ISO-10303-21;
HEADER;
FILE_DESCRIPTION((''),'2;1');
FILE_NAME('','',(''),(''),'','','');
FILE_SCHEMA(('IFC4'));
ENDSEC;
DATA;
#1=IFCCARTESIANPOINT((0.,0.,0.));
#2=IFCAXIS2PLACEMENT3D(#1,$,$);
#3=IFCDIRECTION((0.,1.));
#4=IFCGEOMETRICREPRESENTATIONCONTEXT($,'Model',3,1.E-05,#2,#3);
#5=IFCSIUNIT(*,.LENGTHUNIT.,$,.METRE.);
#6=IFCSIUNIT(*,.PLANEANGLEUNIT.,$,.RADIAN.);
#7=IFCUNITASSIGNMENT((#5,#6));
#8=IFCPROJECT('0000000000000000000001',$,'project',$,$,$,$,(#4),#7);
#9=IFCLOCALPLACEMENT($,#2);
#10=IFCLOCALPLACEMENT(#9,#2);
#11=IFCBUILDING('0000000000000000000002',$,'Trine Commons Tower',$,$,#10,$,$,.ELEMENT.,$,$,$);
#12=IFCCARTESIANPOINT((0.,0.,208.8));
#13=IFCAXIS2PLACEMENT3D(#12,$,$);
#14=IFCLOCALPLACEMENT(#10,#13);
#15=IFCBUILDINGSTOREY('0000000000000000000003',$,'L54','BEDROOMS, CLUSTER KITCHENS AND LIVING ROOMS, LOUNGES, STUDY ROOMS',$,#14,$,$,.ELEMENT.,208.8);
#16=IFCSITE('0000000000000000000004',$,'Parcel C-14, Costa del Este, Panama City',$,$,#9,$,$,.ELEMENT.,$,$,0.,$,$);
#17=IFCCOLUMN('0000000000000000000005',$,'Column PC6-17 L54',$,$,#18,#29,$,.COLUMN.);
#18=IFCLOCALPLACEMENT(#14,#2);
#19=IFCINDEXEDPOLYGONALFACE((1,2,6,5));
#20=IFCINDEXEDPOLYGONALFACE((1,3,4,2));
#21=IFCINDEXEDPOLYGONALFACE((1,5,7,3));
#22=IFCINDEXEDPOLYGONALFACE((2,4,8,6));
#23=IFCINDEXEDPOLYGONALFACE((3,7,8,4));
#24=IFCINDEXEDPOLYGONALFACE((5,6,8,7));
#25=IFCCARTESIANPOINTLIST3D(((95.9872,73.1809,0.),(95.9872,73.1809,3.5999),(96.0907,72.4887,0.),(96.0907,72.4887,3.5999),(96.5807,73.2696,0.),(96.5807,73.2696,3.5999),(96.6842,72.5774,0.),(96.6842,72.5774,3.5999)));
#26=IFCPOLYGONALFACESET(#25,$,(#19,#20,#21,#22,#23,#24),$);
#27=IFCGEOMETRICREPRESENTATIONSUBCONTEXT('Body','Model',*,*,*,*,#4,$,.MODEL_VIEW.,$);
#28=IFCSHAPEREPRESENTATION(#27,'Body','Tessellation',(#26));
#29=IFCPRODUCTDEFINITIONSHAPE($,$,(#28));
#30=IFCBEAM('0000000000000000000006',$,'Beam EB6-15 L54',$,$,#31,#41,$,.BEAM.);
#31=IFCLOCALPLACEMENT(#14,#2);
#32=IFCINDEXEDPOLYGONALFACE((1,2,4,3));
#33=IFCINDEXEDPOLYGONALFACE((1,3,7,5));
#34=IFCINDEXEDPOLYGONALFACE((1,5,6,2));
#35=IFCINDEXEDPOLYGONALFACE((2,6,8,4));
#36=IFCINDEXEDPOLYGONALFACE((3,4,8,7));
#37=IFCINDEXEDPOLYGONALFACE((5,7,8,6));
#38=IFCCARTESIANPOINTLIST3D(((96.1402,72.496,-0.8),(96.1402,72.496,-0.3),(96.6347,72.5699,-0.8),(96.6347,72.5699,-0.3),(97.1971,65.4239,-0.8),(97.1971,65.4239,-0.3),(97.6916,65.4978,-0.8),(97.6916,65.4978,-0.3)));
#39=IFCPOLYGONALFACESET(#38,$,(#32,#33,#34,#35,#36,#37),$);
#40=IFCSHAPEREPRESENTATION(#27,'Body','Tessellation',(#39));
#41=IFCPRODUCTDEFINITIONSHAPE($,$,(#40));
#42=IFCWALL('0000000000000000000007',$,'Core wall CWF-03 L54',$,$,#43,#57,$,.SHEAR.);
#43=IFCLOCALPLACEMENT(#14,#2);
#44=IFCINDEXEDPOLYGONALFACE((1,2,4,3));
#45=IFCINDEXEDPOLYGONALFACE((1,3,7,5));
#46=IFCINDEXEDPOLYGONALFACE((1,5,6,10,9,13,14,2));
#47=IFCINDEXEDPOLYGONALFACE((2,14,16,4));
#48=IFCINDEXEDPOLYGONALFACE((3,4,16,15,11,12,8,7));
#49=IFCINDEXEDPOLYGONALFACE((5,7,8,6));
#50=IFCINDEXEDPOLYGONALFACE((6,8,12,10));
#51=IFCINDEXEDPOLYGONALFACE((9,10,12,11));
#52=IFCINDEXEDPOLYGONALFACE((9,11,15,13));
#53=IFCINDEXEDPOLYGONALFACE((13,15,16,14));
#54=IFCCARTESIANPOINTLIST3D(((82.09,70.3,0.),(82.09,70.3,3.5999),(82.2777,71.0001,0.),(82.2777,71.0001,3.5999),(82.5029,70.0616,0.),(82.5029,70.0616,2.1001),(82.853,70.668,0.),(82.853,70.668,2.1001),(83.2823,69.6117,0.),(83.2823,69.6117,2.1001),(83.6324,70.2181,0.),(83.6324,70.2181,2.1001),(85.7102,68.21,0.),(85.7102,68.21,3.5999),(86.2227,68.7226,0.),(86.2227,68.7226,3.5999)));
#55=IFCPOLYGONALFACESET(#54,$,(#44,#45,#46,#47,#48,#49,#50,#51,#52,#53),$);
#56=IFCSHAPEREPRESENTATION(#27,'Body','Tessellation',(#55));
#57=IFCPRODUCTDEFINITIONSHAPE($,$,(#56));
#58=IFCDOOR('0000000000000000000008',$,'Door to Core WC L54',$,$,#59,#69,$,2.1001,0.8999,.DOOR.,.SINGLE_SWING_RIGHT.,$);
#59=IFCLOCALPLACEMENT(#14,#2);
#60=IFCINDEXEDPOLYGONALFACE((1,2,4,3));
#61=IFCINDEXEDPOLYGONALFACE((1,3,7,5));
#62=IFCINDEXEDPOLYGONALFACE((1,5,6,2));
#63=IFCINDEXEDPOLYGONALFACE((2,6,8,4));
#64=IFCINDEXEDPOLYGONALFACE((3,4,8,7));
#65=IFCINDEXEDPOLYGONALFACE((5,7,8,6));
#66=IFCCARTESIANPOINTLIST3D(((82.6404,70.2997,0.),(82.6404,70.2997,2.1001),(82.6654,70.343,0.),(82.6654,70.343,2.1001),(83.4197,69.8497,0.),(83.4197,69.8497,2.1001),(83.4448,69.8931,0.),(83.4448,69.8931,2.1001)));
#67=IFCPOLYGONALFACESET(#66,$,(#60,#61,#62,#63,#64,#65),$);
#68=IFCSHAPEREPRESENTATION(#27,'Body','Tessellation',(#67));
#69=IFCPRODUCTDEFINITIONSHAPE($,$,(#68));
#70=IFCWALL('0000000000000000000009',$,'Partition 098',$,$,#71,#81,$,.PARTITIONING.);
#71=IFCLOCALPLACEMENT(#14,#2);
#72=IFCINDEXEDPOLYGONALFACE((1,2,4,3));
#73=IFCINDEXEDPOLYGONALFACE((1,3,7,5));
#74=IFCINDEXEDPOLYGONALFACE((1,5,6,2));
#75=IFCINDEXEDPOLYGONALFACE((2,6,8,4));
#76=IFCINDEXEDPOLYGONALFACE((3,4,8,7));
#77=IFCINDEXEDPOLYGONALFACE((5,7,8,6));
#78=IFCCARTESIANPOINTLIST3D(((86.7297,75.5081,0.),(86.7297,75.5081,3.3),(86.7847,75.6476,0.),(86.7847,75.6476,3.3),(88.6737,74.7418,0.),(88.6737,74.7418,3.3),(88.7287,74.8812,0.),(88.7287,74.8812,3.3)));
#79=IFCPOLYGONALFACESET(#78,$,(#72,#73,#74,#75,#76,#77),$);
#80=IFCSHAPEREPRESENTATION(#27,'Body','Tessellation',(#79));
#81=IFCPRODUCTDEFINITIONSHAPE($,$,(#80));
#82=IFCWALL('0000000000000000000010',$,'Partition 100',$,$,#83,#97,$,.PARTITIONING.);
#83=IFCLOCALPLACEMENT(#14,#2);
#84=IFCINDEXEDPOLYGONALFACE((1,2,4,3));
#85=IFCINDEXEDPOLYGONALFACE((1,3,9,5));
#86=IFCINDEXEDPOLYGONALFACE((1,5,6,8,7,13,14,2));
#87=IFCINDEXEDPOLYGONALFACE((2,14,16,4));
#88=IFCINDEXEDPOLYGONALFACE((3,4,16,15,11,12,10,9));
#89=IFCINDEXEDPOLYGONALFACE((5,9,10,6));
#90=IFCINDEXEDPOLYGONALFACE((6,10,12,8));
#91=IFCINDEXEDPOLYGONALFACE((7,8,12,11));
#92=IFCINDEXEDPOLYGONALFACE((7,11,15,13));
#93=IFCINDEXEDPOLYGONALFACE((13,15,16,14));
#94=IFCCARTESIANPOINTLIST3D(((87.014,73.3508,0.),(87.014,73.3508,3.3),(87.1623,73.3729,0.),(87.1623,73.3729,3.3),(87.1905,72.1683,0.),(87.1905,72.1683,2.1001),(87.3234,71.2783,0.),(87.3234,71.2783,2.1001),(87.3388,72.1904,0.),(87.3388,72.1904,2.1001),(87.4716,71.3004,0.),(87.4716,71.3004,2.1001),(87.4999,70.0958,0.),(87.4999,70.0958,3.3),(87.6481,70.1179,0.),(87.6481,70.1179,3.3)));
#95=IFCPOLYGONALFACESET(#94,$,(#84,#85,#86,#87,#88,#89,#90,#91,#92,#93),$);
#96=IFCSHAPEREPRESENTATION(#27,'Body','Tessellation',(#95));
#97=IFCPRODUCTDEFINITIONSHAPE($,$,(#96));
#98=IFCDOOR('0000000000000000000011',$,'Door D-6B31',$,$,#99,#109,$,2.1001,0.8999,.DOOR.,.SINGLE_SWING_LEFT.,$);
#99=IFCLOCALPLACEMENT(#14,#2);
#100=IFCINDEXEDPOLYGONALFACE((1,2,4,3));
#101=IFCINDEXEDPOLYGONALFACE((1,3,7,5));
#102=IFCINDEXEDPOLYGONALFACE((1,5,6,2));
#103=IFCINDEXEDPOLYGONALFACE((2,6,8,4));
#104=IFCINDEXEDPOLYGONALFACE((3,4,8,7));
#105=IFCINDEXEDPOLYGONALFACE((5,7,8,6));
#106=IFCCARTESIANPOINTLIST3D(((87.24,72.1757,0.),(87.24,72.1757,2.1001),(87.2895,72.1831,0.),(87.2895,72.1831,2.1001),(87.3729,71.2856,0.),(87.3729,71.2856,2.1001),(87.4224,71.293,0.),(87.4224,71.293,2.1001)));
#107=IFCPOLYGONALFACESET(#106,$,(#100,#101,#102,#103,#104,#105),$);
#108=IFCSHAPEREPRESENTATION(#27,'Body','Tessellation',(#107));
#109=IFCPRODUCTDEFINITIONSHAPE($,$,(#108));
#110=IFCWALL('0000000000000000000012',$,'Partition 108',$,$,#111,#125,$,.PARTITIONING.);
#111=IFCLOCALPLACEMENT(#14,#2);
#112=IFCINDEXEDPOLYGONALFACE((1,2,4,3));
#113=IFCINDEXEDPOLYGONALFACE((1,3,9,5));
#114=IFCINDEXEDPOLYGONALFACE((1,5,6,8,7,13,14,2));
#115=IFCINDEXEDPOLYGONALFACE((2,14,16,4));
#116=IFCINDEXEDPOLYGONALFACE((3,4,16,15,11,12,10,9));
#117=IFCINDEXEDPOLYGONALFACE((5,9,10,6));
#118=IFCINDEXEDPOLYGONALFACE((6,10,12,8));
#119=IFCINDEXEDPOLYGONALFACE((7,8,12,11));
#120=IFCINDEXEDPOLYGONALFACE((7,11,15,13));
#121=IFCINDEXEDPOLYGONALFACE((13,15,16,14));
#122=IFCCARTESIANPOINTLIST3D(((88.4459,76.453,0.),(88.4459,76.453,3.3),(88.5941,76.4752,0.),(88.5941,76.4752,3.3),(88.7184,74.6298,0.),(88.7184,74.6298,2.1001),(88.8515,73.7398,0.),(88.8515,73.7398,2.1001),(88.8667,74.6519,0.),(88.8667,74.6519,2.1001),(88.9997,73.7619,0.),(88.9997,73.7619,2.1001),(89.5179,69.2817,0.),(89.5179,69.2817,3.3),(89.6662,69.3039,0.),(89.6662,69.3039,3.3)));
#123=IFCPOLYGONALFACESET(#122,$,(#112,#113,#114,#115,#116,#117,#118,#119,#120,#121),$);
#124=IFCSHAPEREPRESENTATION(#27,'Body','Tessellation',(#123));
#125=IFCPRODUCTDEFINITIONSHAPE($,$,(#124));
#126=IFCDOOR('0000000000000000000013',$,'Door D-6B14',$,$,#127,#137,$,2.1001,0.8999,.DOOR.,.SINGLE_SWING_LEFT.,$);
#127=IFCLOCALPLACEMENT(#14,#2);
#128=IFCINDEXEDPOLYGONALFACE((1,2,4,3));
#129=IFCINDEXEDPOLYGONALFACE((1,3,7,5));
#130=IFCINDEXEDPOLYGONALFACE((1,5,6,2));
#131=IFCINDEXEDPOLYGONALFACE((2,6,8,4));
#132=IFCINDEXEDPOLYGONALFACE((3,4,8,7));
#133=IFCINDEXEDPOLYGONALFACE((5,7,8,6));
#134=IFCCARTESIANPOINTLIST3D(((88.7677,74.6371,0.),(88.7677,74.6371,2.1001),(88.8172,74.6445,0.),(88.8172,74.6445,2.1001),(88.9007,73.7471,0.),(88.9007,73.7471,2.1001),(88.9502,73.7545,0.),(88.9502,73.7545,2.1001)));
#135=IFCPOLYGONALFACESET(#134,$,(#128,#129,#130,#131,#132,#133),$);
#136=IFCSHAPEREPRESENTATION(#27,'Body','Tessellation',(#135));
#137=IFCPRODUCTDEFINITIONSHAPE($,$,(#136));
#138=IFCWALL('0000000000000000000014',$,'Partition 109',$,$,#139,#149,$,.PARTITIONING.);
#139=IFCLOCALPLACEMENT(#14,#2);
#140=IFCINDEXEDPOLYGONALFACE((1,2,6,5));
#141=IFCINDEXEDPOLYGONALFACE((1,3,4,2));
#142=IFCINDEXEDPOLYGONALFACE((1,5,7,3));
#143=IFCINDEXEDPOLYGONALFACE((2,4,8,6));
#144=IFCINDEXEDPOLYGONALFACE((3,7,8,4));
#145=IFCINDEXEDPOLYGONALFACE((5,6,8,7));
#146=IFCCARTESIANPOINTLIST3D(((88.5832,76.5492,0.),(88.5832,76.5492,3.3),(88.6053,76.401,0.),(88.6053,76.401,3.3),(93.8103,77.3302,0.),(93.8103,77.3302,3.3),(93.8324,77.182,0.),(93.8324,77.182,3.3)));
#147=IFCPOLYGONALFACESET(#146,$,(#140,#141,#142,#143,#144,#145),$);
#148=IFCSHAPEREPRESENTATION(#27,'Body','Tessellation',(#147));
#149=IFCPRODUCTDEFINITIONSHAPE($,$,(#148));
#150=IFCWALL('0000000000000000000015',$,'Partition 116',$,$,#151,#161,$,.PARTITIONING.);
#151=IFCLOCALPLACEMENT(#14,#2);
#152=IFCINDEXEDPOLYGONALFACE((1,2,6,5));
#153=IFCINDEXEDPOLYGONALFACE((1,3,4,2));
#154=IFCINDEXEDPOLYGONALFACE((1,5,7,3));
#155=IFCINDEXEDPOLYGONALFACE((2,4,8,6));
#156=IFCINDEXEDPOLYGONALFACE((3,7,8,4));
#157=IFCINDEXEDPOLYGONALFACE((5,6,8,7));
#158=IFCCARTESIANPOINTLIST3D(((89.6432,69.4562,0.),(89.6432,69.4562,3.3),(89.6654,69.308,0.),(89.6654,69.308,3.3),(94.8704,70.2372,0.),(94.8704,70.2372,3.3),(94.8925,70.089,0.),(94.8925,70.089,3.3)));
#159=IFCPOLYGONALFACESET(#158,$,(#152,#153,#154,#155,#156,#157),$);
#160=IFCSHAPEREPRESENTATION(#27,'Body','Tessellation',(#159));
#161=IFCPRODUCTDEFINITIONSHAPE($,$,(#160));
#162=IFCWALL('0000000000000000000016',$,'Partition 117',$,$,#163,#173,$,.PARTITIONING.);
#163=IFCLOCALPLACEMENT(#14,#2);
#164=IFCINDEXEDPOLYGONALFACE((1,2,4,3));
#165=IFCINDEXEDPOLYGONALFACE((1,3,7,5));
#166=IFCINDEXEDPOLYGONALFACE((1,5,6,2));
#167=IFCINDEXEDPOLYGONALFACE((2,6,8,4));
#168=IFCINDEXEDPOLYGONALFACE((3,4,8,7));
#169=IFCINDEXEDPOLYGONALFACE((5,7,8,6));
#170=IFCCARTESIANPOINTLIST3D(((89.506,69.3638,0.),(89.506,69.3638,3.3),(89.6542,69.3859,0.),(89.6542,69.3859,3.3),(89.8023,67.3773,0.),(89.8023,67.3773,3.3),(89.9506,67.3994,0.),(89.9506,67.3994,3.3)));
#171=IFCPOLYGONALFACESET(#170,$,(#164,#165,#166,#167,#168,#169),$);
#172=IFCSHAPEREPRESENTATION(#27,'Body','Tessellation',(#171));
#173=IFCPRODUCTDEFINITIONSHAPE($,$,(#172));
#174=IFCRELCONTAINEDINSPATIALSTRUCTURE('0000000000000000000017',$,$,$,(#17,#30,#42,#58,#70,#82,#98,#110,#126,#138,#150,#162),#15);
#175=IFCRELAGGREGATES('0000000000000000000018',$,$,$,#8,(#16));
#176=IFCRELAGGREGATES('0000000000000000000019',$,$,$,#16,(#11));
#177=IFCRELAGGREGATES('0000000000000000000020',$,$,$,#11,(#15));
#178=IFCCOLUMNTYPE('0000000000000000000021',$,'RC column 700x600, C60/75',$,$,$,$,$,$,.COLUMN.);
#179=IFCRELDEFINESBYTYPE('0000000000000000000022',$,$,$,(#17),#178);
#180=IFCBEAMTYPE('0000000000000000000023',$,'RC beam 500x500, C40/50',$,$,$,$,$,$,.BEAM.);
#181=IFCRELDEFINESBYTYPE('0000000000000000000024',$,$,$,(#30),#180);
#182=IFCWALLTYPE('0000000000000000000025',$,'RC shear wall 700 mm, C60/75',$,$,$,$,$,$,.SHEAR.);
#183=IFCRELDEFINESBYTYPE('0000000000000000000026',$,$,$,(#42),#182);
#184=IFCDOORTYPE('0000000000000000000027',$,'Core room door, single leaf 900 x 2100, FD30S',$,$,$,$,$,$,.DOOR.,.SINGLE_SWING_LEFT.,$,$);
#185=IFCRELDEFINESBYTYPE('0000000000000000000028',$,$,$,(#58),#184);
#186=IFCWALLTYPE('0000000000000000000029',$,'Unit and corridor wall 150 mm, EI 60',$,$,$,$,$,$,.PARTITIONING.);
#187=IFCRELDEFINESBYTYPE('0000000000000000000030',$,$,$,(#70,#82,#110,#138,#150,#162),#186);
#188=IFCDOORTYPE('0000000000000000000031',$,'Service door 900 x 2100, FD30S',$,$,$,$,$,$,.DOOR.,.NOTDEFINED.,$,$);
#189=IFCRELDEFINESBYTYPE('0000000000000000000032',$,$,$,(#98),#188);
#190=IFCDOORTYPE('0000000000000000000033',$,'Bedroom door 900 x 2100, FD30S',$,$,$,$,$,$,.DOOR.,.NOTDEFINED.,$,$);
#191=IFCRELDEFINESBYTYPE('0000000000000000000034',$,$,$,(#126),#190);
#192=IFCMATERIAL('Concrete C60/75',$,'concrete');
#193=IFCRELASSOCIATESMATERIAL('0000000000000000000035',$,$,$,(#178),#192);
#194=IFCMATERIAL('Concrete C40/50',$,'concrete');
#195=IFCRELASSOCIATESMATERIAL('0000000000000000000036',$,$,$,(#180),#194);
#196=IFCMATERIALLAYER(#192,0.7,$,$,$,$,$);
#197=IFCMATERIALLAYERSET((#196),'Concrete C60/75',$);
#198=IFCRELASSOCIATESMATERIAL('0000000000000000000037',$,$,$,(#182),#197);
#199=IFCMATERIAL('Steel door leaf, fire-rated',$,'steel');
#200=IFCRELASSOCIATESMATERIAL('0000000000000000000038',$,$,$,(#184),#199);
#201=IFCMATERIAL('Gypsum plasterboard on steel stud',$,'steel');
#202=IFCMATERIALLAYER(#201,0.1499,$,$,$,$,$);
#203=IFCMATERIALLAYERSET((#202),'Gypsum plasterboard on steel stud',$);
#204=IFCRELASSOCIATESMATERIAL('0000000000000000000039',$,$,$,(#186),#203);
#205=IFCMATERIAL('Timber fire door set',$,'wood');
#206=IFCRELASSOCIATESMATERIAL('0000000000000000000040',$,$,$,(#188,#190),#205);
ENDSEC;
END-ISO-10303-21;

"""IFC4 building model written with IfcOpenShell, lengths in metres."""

from ifc_helpers import new_model, si_unit, direction, frame, frame_2d, origin, origin_2d, place, context, subcontext, project, spatial, polyline, rectangle, outline, extrude, material, layer, layer_set, material_profile, profile_set, type_object, element, fill, save


model = new_model("IFC4")

# Units and contexts
model_context = context("Model", 3, precision=1e-05, world=origin(), true_north=direction((0.0, 1.0)))
body_context = subcontext(model_context, "Body", "Model", "MODEL_VIEW")
ifc_project = project(units=[si_unit("LENGTHUNIT", "METRE"), si_unit("PLANEANGLEUNIT", "RADIAN")], contexts=[model_context])

# Site, building, storey
site_placement = place(None, origin())
site = spatial("IfcSite", under=ifc_project, at=site_placement, Name="Parcel C-14, Costa del Este, Panama City", CompositionType="ELEMENT", RefElevation=0.0)
building_placement = place(site_placement, origin())
building = spatial("IfcBuilding", under=site, at=building_placement, Name="Trine Commons Tower", CompositionType="ELEMENT")
storey_placement = place(building_placement, frame((0.0, 0.0, 208.8)))
storey = spatial("IfcBuildingStorey", under=building, at=storey_placement, Name="L54", Description="BEDROOMS, CLUSTER KITCHENS AND LIVING ROOMS, LOUNGES, STUDY ROOMS", CompositionType="ELEMENT", Elevation=208.8)

# Column
ifc_material_1 = material(Name="Concrete C60/75", Category="concrete")
ifc_material_profile_1 = material_profile(ifc_material_1, rectangle(XDim=0.7, YDim=0.6001, at=origin_2d()), Name="RC 700x600")
ifc_profile_set_1 = profile_set([ifc_material_profile_1], Name="Concrete C60/75")
column_type = type_object("IfcColumnType", Name="RC column 700x600, C60/75", PredefinedType="COLUMN", material=ifc_profile_set_1)
column_placement = place(storey_placement, frame((96.3357, 72.8792, 0.0), z_axis=(0.0, 0.0, 1.0), x_axis=(-0.147809, 0.989016, 0.0)))
element("IfcColumn", 1, at=column_placement, inside=storey, type_object=column_type, Name="Column PC6-17 L54", PredefinedType="COLUMN", context=body_context, shape_type="SweptSolid", body=[
    extrude(rectangle(XDim=0.7, YDim=0.6001, at=origin_2d()), origin(), (0.0, 0.0, 1.0), 3.5999),
])

# Beam
ifc_material_2 = material(Name="Concrete C40/50", Category="concrete")
ifc_material_profile_2 = material_profile(ifc_material_2, rectangle(XDim=0.5, YDim=0.5, at=origin_2d()), Name="RC 500x500")
ifc_profile_set_2 = profile_set([ifc_material_profile_2], Name="Concrete C40/50")
beam_type = type_object("IfcBeamType", Name="RC beam 500x500, C40/50", PredefinedType="BEAM", material=ifc_profile_set_2)
beam_placement = place(storey_placement, frame((96.3875, 72.533, -0.55), z_axis=(0.147804, -0.989017, 0.0), x_axis=(0.989017, 0.147804, 0.0)))
element("IfcBeam", 2, at=beam_placement, inside=storey, type_object=beam_type, Name="Beam EB6-15 L54", PredefinedType="BEAM", context=body_context, shape_type="SweptSolid", body=[
    extrude(rectangle(XDim=0.5, YDim=0.5, at=origin_2d()), origin(), (0.0, 0.0, 1.0), 7.1506),
])

# Wall, opening, door
ifc_layer_1 = layer(ifc_material_1, 0.7)
ifc_layer_set_1 = layer_set([ifc_layer_1], Name="Concrete C60/75")
wall_type_1 = type_object("IfcWallType", Name="RC shear wall 700 mm, C60/75", PredefinedType="SHEAR", material=ifc_layer_set_1)
wall_1_placement = place(storey_placement, frame((86.0476, 68.4194, 0.0), z_axis=(0.0, 0.0, 1.0), x_axis=(-0.866035, 0.499984, 0.0)))
wall_1 = element("IfcWall", 3, at=wall_1_placement, inside=storey, type_object=wall_type_1, Name="Core wall CWF-03 L54", PredefinedType="SHEAR", context=body_context, shape_type="SweptSolid", body=[
    extrude(outline(polyline([(0.0, -0.3501), (4.5552, -0.3501), (4.3677, 0.3501), (0.1875, 0.3501), (0.0, -0.3501)])), origin(), (0.0, 0.0, 1.0), 3.5999),
])
opening_1_placement = place(wall_1_placement, frame((2.991, 0.0, 0.0)))
opening_1 = element("IfcOpeningElement", 4, at=opening_1_placement, cuts=wall_1, PredefinedType="OPENING", context=body_context, shape_type="SweptSolid", body=[
    extrude(rectangle(XDim=0.8999, YDim=2.1001, at=frame_2d((0.45, 1.05))), frame((0.0, 0.3599, 0.0), z_axis=(0.0, -1.0, 0.0), x_axis=(1.0, 0.0, 0.0)), (0.0, 0.0, 1.0), 0.72),
])
ifc_material_3 = material(Name="Steel door leaf, fire-rated", Category="steel")
door_type_1 = type_object("IfcDoorType", Name="Core room door, single leaf 900 x 2100, FD30S", OperationType="SINGLE_SWING_LEFT", PredefinedType="DOOR", material=ifc_material_3)
door_1_placement = place(opening_1_placement, origin())
door_1 = element("IfcDoor", 5, at=door_1_placement, inside=storey, type_object=door_type_1, Name="Door to Core WC L54", OperationType="SINGLE_SWING_RIGHT", OverallHeight=2.1001, OverallWidth=0.8999, PredefinedType="DOOR", context=body_context, shape_type="SweptSolid", body=[
    extrude(rectangle(XDim=0.8999, YDim=2.1001, at=frame_2d((0.45, 1.05))), frame((0.0, 0.0752, 0.0), z_axis=(0.0, -1.0, 0.0), x_axis=(1.0, 0.0, 0.0)), (0.0, 0.0, 1.0), 0.05),
])
fill(opening_1, door_1)

# Wall
ifc_material_4 = material(Name="Gypsum plasterboard on steel stud", Category="steel")
ifc_layer_2 = layer(ifc_material_4, 0.1499)
ifc_layer_set_2 = layer_set([ifc_layer_2], Name="Gypsum plasterboard on steel stud")
wall_type_2 = type_object("IfcWallType", Name="Unit and corridor wall 150 mm, EI 60", PredefinedType="PARTITIONING", material=ifc_layer_set_2)
wall_2_placement = place(storey_placement, frame((86.7571, 75.5779, 0.0), z_axis=(0.0, 0.0, 1.0), x_axis=(0.930326, -0.366733, 0.0)))
element("IfcWall", 6, at=wall_2_placement, inside=storey, type_object=wall_type_2, Name="Partition 098", PredefinedType="PARTITIONING", context=body_context, shape_type="SweptSolid", body=[
    extrude(rectangle(XDim=2.0896, YDim=0.1499, at=frame_2d((1.0449, 0.0))), origin(), (0.0, 0.0, 1.0), 3.3),
])

# Walls, openings, doors
wall_3_placement = place(storey_placement, frame((87.0881, 73.3618, 0.0), z_axis=(0.0, 0.0, 1.0), x_axis=(0.147629, -0.989043, 0.0)))
wall_3 = element("IfcWall", 7, at=wall_3_placement, inside=storey, type_object=wall_type_2, Name="Partition 100", PredefinedType="PARTITIONING", context=body_context, shape_type="SweptSolid", body=[
    extrude(rectangle(XDim=3.291, YDim=0.1499, at=frame_2d((1.6455, 0.0))), origin(), (0.0, 0.0, 1.0), 3.3),
])
opening_2_placement = place(wall_3_placement, frame((1.1956, 0.0, 0.0)))
opening_2 = element("IfcOpeningElement", 8, at=opening_2_placement, cuts=wall_3, PredefinedType="OPENING", context=body_context, shape_type="SweptSolid", body=[
    extrude(rectangle(XDim=0.8999, YDim=2.1001, at=frame_2d((0.45, 1.05))), frame((0.0, 0.085, 0.0), z_axis=(0.0, -1.0, 0.0), x_axis=(1.0, 0.0, 0.0)), (0.0, 0.0, 1.0), 0.1699),
])
ifc_material_5 = material(Name="Timber fire door set", Category="wood")
door_type_2 = type_object("IfcDoorType", Name="Service door 900 x 2100, FD30S", OperationType="NOTDEFINED", PredefinedType="DOOR", material=ifc_material_5)
door_2_placement = place(opening_2_placement, frame((0.8999, 0.0, 0.0), z_axis=(0.0, 0.0, 1.0), x_axis=(-1.0, 0.0, 0.0)))
door_2 = element("IfcDoor", 9, at=door_2_placement, inside=storey, type_object=door_type_2, Name="Door D-6B31", OperationType="SINGLE_SWING_LEFT", OverallHeight=2.1001, OverallWidth=0.8999, PredefinedType="DOOR", context=body_context, shape_type="SweptSolid", body=[
    extrude(rectangle(XDim=0.8999, YDim=2.1001, at=frame_2d((0.45, 1.05))), frame((0.0, 0.0249, 0.0), z_axis=(0.0, -1.0, 0.0), x_axis=(1.0, 0.0, 0.0)), (0.0, 0.0, 1.0), 0.05),
])
fill(opening_2, door_2)
wall_4_placement = place(storey_placement, frame((88.52, 76.4641, 0.0), z_axis=(0.0, 0.0, 1.0), x_axis=(0.147843, -0.989011, 0.0)))
wall_4 = element("IfcWall", 10, at=wall_4_placement, inside=storey, type_object=wall_type_2, Name="Partition 108", PredefinedType="PARTITIONING", context=body_context, shape_type="SweptSolid", body=[
    extrude(rectangle(XDim=7.251, YDim=0.1499, at=frame_2d((3.6255, 0.0))), origin(), (0.0, 0.0, 1.0), 3.3),
])
opening_3_placement = place(wall_4_placement, frame((1.8435, 0.0, 0.0)))
opening_3 = element("IfcOpeningElement", 11, at=opening_3_placement, cuts=wall_4, PredefinedType="OPENING", context=body_context, shape_type="SweptSolid", body=[
    extrude(rectangle(XDim=0.8999, YDim=2.1001, at=frame_2d((0.45, 1.05))), frame((0.0, 0.085, 0.0), z_axis=(0.0, -1.0, 0.0), x_axis=(1.0, 0.0, 0.0)), (0.0, 0.0, 1.0), 0.1699),
])
door_type_3 = type_object("IfcDoorType", Name="Bedroom door 900 x 2100, FD30S", OperationType="NOTDEFINED", PredefinedType="DOOR", material=ifc_material_5)
door_3_placement = place(opening_3_placement, origin())
door_3 = element("IfcDoor", 12, at=door_3_placement, inside=storey, type_object=door_type_3, Name="Door D-6B14", OperationType="SINGLE_SWING_LEFT", OverallHeight=2.1001, OverallWidth=0.8999, PredefinedType="DOOR", context=body_context, shape_type="SweptSolid", body=[
    extrude(rectangle(XDim=0.8999, YDim=2.1001, at=frame_2d((0.45, 1.05))), frame((0.0, 0.0249, 0.0), z_axis=(0.0, -1.0, 0.0), x_axis=(1.0, 0.0, 0.0)), (0.0, 0.0, 1.0), 0.05),
])
fill(opening_3, door_3)

# Walls
for number, where, z_axis, x_axis, name in (
    (13, (88.5942, 76.4751, 0.0), (0.0, 0.0, 1.0), (0.989021, 0.147776, 0.0), "Partition 109"),
    (14, (89.6543, 69.3821, 0.0), (0.0, 0.0, 1.0), (0.989021, 0.147776, 0.0), "Partition 116"),
):
    element("IfcWall", number, at=place(storey_placement, frame(where, z_axis=z_axis, x_axis=x_axis)), inside=storey, type_object=wall_type_2, Name=name, PredefinedType="PARTITIONING", context=body_context, shape_type="SweptSolid", body=[
        extrude(rectangle(XDim=5.2852, YDim=0.1499, at=frame_2d((2.6426, 0.0))), origin(), (0.0, 0.0, 1.0), 3.3),
    ])
wall_5_placement = place(storey_placement, frame((89.5801, 69.375, 0.0), z_axis=(0.0, 0.0, 1.0), x_axis=(0.147562, -0.989053, 0.0)))
element("IfcWall", 15, at=wall_5_placement, inside=storey, type_object=wall_type_2, Name="Partition 117", PredefinedType="PARTITIONING", context=body_context, shape_type="SweptSolid", body=[
    extrude(rectangle(XDim=2.0085, YDim=0.1499, at=frame_2d((1.0044, 0.0))), origin(), (0.0, 0.0, 1.0), 3.3),
])

save(model, "model.ifc")
